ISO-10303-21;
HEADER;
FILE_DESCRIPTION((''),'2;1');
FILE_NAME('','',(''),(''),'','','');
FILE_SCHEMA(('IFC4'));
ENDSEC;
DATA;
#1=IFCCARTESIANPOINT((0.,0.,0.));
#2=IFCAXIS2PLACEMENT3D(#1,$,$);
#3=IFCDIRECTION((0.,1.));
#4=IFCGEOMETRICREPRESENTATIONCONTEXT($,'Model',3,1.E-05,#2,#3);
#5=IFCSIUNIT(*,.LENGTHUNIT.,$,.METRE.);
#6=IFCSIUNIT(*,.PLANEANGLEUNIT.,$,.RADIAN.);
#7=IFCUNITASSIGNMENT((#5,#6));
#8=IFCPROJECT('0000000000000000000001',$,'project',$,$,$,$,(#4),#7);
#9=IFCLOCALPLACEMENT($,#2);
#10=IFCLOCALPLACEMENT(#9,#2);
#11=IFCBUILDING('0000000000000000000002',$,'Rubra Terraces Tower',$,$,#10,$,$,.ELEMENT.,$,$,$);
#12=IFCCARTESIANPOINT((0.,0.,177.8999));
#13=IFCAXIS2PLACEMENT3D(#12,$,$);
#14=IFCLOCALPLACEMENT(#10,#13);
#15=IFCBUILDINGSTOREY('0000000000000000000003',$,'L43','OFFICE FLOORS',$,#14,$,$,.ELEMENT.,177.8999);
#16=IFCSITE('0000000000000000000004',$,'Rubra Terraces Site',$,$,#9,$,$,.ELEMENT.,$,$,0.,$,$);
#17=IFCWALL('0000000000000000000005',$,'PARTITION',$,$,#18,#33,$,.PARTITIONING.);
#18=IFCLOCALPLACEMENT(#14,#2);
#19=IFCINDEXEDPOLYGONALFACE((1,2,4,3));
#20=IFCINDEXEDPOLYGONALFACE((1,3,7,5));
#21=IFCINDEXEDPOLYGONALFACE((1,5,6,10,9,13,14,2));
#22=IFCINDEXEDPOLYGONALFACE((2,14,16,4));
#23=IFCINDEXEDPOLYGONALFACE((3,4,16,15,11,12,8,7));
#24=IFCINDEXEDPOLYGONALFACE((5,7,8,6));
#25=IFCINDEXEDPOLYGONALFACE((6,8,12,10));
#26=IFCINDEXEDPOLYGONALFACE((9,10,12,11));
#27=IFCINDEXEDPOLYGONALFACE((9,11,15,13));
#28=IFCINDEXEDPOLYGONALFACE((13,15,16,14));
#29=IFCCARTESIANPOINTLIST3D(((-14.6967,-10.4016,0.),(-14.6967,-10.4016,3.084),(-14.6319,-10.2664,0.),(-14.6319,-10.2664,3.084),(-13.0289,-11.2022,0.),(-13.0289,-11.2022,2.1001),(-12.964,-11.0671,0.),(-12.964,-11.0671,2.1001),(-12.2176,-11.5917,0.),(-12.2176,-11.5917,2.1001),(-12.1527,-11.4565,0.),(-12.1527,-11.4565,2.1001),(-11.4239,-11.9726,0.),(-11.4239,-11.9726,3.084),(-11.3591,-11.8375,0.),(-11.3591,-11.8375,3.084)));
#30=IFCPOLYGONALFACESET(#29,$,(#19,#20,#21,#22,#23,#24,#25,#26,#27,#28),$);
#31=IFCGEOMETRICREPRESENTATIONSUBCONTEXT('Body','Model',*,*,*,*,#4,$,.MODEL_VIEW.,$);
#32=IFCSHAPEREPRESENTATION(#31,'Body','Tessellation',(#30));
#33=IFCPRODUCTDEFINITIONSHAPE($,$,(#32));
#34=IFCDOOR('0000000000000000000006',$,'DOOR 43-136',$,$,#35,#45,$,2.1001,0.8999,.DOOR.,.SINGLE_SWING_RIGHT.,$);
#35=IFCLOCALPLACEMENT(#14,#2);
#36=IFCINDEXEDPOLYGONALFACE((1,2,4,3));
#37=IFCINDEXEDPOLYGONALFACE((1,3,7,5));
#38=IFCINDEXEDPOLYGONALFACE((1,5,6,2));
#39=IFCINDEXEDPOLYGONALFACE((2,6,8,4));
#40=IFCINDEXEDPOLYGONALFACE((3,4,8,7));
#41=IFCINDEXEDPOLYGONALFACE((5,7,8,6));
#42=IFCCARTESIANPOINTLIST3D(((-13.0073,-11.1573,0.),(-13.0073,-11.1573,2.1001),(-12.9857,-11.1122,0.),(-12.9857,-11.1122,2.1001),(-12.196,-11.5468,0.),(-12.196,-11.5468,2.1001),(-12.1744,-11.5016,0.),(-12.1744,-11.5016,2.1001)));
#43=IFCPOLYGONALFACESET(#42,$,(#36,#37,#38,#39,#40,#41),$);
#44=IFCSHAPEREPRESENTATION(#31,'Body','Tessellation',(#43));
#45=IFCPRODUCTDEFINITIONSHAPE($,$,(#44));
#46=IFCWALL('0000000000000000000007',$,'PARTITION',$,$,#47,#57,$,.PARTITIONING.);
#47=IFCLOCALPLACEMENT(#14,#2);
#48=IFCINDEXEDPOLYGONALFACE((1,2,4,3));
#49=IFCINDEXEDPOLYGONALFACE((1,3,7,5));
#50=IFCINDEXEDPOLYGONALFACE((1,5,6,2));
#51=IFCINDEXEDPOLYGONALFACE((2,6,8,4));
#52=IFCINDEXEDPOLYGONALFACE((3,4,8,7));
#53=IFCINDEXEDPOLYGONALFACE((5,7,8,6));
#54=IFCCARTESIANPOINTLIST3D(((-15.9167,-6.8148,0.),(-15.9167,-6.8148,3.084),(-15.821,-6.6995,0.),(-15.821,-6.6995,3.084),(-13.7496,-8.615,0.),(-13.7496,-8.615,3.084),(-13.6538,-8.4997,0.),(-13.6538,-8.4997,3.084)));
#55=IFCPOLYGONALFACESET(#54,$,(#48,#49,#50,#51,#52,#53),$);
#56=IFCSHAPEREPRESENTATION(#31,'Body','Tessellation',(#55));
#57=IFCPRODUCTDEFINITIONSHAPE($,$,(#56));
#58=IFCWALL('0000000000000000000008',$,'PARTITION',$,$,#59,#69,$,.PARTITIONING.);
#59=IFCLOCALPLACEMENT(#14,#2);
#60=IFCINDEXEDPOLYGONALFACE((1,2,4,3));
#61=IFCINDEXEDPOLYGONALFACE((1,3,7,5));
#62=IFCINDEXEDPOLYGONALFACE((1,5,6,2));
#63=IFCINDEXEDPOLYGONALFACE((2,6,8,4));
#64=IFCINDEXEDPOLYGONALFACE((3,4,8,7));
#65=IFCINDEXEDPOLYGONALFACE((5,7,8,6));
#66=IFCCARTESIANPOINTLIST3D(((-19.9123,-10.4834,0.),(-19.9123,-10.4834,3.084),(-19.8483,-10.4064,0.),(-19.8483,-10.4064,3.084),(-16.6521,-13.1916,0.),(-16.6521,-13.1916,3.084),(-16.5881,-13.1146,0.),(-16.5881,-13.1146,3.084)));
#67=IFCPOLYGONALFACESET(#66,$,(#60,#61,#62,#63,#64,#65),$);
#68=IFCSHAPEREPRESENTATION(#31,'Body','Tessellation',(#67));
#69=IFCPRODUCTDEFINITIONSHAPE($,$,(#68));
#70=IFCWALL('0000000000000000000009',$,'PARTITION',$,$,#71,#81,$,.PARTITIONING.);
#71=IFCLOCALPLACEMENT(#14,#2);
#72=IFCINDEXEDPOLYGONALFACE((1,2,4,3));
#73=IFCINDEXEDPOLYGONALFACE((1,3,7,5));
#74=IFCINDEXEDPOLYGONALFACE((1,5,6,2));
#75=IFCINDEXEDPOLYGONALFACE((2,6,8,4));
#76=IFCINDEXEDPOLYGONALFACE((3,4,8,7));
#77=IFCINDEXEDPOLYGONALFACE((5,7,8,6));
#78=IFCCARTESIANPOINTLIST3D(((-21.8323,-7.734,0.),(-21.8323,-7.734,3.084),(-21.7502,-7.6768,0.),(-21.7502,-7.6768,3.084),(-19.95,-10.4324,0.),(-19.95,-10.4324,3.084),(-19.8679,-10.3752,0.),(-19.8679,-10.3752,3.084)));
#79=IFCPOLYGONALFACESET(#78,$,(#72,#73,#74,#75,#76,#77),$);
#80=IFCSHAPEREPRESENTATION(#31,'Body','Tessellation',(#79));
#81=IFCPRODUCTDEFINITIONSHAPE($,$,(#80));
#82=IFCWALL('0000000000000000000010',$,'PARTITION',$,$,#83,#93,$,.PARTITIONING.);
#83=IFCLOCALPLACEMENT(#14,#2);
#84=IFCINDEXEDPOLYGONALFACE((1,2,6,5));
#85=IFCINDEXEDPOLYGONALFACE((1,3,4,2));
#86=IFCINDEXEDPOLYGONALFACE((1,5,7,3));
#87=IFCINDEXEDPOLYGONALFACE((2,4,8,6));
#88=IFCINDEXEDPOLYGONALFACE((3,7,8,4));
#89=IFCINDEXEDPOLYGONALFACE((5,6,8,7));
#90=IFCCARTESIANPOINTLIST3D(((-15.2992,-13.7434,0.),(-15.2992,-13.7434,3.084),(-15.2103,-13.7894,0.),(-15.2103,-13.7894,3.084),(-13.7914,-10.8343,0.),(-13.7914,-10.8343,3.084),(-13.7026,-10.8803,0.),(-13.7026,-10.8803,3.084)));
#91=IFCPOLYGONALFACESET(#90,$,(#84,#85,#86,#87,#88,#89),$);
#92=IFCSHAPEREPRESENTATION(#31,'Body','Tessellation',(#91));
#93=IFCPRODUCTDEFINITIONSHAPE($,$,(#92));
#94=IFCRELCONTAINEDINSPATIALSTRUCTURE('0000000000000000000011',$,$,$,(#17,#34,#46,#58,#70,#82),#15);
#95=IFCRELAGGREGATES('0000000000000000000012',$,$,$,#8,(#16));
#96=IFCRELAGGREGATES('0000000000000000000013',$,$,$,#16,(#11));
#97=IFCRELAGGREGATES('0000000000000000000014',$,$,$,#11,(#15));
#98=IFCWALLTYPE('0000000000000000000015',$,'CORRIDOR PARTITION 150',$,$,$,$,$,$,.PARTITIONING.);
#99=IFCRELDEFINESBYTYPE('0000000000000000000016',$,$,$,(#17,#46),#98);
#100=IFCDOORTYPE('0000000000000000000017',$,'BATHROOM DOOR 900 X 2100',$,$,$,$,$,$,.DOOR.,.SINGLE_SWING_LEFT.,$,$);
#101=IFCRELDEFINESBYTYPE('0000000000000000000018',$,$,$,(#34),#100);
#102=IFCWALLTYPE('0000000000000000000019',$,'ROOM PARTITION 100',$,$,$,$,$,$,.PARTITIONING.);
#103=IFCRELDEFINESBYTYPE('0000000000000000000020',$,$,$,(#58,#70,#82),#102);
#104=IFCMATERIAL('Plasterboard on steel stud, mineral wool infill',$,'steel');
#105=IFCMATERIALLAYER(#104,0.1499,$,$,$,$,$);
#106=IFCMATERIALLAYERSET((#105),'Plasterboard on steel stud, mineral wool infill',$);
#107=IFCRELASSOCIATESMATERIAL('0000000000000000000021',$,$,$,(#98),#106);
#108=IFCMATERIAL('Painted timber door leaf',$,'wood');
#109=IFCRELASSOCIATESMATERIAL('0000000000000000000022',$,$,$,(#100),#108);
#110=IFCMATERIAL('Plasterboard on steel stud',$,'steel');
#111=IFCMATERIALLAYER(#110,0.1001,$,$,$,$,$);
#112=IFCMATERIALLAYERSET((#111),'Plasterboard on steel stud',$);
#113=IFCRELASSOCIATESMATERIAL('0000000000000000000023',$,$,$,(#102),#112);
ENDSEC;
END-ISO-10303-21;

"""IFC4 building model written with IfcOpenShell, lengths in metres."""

from ifc_helpers import new_model, si_unit, direction, frame, frame_2d, origin, place, context, subcontext, project, spatial, rectangle, extrude, material, layer, layer_set, type_object, element, fill, save


model = new_model("IFC4")

# Units and contexts
model_context = context("Model", 3, precision=1e-05, world=origin(), true_north=direction((0.0, 1.0)))
body_context = subcontext(model_context, "Body", "Model", "MODEL_VIEW")
ifc_project = project(units=[si_unit("LENGTHUNIT", "METRE"), si_unit("PLANEANGLEUNIT", "RADIAN")], contexts=[model_context])

# Site, building, storey
site_placement = place(None, origin())
site = spatial("IfcSite", under=ifc_project, at=site_placement, Name="Rubra Terraces Site", CompositionType="ELEMENT", RefElevation=0.0)
building_placement = place(site_placement, origin())
building = spatial("IfcBuilding", under=site, at=building_placement, Name="Rubra Terraces Tower", CompositionType="ELEMENT")
storey_placement = place(building_placement, frame((0.0, 0.0, 177.8999)))
storey = spatial("IfcBuildingStorey", under=building, at=storey_placement, Name="L43", Description="OFFICE FLOORS", CompositionType="ELEMENT", Elevation=177.8999)

# Wall, opening, door
ifc_material_1 = material(Name="Plasterboard on steel stud, mineral wool infill", Category="steel")
ifc_layer_1 = layer(ifc_material_1, 0.1499)
ifc_layer_set_1 = layer_set([ifc_layer_1], Name="Plasterboard on steel stud, mineral wool infill")
wall_type_1 = type_object("IfcWallType", Name="CORRIDOR PARTITION 150", PredefinedType="PARTITIONING", material=ifc_layer_set_1)
wall_1_placement = place(storey_placement, frame((-14.6643, -10.334, 0.0), z_axis=(0.0, 0.0, 1.0), x_axis=(0.901507, -0.432764, 0.0)))
wall_1 = element("IfcWall", 1, at=wall_1_placement, inside=storey, type_object=wall_type_1, Name="PARTITION", PredefinedType="PARTITIONING", context=body_context, shape_type="SweptSolid", body=[
    extrude(rectangle(XDim=3.6304, YDim=0.1499, at=frame_2d((1.8152, 0.0))), origin(), (0.0, 0.0, 1.0), 3.084),
])
opening_1_placement = place(wall_1_placement, frame((1.8501, 0.0, 0.0)))
opening_1 = element("IfcOpeningElement", 2, at=opening_1_placement, cuts=wall_1, PredefinedType="OPENING", context=body_context, shape_type="SweptSolid", body=[
    extrude(rectangle(XDim=0.8999, YDim=2.1001, at=frame_2d((0.45, 1.05))), frame((0.0, 0.085, 0.0), z_axis=(0.0, -1.0, 0.0), x_axis=(1.0, 0.0, 0.0)), (0.0, 0.0, 1.0), 0.1699),
])
ifc_material_2 = material(Name="Painted timber door leaf", Category="wood")
door_type = type_object("IfcDoorType", Name="BATHROOM DOOR 900 X 2100", OperationType="SINGLE_SWING_LEFT", PredefinedType="DOOR", material=ifc_material_2)
door_placement = place(opening_1_placement, origin())
door = element("IfcDoor", 3, at=door_placement, inside=storey, type_object=door_type, Name="DOOR 43-136", OperationType="SINGLE_SWING_RIGHT", OverallHeight=2.1001, OverallWidth=0.8999, PredefinedType="DOOR", context=body_context, shape_type="SweptSolid", body=[
    extrude(rectangle(XDim=0.8999, YDim=2.1001, at=frame_2d((0.45, 1.05))), frame((0.0, 0.0249, 0.0), z_axis=(0.0, -1.0, 0.0), x_axis=(1.0, 0.0, 0.0)), (0.0, 0.0, 1.0), 0.05),
])
fill(opening_1, door)

# Walls
wall_2_placement = place(storey_placement, frame((-13.7017, -8.5574, 0.0), z_axis=(0.0, 0.0, 1.0), x_axis=(-0.769222, 0.638982, 0.0)))
element("IfcWall", 4, at=wall_2_placement, inside=storey, type_object=wall_type_1, Name="PARTITION", PredefinedType="PARTITIONING", context=body_context, shape_type="SweptSolid", body=[
    extrude(rectangle(XDim=2.8174, YDim=0.1499, at=frame_2d((1.4087, 0.0))), origin(), (0.0, 0.0, 1.0), 3.084),
])
ifc_material_3 = material(Name="Plasterboard on steel stud", Category="steel")
ifc_layer_2 = layer(ifc_material_3, 0.1001)
ifc_layer_set_2 = layer_set([ifc_layer_2], Name="Plasterboard on steel stud")
wall_type_2 = type_object("IfcWallType", Name="ROOM PARTITION 100", PredefinedType="PARTITIONING", material=ifc_layer_set_2)
wall_3_placement = place(storey_placement, frame((-16.6201, -13.1531, 0.0), z_axis=(0.0, 0.0, 1.0), x_axis=(-0.769221, 0.638982, 0.0)))
element("IfcWall", 5, at=wall_3_placement, inside=storey, type_object=wall_type_2, Name="PARTITION", PredefinedType="PARTITIONING", context=body_context, shape_type="SweptSolid", body=[
    extrude(rectangle(XDim=4.2383, YDim=0.1001, at=frame_2d((2.1191, 0.0))), origin(), (0.0, 0.0, 1.0), 3.084),
])
wall_4_placement = place(storey_placement, frame((-19.9089, -10.4038, 0.0), z_axis=(0.0, 0.0, 1.0), x_axis=(-0.572112, 0.820176, 0.0)))
element("IfcWall", 6, at=wall_4_placement, inside=storey, type_object=wall_type_2, Name="PARTITION", PredefinedType="PARTITIONING", context=body_context, shape_type="SweptSolid", body=[
    extrude(rectangle(XDim=3.29, YDim=0.1001, at=frame_2d((1.645, 0.0))), origin(), (0.0, 0.0, 1.0), 3.084),
])
wall_5_placement = place(storey_placement, frame((-13.7471, -10.8574, 0.0), z_axis=(0.0, 0.0, 1.0), x_axis=(-0.460161, -0.887836, 0.0)))
element("IfcWall", 7, at=wall_5_placement, inside=storey, type_object=wall_type_2, Name="PARTITION", PredefinedType="PARTITIONING", context=body_context, shape_type="SweptSolid", body=[
    extrude(rectangle(XDim=3.2766, YDim=0.1001, at=frame_2d((1.6382, 0.0))), origin(), (0.0, 0.0, 1.0), 3.084),
])

save(model, "model.ifc")
